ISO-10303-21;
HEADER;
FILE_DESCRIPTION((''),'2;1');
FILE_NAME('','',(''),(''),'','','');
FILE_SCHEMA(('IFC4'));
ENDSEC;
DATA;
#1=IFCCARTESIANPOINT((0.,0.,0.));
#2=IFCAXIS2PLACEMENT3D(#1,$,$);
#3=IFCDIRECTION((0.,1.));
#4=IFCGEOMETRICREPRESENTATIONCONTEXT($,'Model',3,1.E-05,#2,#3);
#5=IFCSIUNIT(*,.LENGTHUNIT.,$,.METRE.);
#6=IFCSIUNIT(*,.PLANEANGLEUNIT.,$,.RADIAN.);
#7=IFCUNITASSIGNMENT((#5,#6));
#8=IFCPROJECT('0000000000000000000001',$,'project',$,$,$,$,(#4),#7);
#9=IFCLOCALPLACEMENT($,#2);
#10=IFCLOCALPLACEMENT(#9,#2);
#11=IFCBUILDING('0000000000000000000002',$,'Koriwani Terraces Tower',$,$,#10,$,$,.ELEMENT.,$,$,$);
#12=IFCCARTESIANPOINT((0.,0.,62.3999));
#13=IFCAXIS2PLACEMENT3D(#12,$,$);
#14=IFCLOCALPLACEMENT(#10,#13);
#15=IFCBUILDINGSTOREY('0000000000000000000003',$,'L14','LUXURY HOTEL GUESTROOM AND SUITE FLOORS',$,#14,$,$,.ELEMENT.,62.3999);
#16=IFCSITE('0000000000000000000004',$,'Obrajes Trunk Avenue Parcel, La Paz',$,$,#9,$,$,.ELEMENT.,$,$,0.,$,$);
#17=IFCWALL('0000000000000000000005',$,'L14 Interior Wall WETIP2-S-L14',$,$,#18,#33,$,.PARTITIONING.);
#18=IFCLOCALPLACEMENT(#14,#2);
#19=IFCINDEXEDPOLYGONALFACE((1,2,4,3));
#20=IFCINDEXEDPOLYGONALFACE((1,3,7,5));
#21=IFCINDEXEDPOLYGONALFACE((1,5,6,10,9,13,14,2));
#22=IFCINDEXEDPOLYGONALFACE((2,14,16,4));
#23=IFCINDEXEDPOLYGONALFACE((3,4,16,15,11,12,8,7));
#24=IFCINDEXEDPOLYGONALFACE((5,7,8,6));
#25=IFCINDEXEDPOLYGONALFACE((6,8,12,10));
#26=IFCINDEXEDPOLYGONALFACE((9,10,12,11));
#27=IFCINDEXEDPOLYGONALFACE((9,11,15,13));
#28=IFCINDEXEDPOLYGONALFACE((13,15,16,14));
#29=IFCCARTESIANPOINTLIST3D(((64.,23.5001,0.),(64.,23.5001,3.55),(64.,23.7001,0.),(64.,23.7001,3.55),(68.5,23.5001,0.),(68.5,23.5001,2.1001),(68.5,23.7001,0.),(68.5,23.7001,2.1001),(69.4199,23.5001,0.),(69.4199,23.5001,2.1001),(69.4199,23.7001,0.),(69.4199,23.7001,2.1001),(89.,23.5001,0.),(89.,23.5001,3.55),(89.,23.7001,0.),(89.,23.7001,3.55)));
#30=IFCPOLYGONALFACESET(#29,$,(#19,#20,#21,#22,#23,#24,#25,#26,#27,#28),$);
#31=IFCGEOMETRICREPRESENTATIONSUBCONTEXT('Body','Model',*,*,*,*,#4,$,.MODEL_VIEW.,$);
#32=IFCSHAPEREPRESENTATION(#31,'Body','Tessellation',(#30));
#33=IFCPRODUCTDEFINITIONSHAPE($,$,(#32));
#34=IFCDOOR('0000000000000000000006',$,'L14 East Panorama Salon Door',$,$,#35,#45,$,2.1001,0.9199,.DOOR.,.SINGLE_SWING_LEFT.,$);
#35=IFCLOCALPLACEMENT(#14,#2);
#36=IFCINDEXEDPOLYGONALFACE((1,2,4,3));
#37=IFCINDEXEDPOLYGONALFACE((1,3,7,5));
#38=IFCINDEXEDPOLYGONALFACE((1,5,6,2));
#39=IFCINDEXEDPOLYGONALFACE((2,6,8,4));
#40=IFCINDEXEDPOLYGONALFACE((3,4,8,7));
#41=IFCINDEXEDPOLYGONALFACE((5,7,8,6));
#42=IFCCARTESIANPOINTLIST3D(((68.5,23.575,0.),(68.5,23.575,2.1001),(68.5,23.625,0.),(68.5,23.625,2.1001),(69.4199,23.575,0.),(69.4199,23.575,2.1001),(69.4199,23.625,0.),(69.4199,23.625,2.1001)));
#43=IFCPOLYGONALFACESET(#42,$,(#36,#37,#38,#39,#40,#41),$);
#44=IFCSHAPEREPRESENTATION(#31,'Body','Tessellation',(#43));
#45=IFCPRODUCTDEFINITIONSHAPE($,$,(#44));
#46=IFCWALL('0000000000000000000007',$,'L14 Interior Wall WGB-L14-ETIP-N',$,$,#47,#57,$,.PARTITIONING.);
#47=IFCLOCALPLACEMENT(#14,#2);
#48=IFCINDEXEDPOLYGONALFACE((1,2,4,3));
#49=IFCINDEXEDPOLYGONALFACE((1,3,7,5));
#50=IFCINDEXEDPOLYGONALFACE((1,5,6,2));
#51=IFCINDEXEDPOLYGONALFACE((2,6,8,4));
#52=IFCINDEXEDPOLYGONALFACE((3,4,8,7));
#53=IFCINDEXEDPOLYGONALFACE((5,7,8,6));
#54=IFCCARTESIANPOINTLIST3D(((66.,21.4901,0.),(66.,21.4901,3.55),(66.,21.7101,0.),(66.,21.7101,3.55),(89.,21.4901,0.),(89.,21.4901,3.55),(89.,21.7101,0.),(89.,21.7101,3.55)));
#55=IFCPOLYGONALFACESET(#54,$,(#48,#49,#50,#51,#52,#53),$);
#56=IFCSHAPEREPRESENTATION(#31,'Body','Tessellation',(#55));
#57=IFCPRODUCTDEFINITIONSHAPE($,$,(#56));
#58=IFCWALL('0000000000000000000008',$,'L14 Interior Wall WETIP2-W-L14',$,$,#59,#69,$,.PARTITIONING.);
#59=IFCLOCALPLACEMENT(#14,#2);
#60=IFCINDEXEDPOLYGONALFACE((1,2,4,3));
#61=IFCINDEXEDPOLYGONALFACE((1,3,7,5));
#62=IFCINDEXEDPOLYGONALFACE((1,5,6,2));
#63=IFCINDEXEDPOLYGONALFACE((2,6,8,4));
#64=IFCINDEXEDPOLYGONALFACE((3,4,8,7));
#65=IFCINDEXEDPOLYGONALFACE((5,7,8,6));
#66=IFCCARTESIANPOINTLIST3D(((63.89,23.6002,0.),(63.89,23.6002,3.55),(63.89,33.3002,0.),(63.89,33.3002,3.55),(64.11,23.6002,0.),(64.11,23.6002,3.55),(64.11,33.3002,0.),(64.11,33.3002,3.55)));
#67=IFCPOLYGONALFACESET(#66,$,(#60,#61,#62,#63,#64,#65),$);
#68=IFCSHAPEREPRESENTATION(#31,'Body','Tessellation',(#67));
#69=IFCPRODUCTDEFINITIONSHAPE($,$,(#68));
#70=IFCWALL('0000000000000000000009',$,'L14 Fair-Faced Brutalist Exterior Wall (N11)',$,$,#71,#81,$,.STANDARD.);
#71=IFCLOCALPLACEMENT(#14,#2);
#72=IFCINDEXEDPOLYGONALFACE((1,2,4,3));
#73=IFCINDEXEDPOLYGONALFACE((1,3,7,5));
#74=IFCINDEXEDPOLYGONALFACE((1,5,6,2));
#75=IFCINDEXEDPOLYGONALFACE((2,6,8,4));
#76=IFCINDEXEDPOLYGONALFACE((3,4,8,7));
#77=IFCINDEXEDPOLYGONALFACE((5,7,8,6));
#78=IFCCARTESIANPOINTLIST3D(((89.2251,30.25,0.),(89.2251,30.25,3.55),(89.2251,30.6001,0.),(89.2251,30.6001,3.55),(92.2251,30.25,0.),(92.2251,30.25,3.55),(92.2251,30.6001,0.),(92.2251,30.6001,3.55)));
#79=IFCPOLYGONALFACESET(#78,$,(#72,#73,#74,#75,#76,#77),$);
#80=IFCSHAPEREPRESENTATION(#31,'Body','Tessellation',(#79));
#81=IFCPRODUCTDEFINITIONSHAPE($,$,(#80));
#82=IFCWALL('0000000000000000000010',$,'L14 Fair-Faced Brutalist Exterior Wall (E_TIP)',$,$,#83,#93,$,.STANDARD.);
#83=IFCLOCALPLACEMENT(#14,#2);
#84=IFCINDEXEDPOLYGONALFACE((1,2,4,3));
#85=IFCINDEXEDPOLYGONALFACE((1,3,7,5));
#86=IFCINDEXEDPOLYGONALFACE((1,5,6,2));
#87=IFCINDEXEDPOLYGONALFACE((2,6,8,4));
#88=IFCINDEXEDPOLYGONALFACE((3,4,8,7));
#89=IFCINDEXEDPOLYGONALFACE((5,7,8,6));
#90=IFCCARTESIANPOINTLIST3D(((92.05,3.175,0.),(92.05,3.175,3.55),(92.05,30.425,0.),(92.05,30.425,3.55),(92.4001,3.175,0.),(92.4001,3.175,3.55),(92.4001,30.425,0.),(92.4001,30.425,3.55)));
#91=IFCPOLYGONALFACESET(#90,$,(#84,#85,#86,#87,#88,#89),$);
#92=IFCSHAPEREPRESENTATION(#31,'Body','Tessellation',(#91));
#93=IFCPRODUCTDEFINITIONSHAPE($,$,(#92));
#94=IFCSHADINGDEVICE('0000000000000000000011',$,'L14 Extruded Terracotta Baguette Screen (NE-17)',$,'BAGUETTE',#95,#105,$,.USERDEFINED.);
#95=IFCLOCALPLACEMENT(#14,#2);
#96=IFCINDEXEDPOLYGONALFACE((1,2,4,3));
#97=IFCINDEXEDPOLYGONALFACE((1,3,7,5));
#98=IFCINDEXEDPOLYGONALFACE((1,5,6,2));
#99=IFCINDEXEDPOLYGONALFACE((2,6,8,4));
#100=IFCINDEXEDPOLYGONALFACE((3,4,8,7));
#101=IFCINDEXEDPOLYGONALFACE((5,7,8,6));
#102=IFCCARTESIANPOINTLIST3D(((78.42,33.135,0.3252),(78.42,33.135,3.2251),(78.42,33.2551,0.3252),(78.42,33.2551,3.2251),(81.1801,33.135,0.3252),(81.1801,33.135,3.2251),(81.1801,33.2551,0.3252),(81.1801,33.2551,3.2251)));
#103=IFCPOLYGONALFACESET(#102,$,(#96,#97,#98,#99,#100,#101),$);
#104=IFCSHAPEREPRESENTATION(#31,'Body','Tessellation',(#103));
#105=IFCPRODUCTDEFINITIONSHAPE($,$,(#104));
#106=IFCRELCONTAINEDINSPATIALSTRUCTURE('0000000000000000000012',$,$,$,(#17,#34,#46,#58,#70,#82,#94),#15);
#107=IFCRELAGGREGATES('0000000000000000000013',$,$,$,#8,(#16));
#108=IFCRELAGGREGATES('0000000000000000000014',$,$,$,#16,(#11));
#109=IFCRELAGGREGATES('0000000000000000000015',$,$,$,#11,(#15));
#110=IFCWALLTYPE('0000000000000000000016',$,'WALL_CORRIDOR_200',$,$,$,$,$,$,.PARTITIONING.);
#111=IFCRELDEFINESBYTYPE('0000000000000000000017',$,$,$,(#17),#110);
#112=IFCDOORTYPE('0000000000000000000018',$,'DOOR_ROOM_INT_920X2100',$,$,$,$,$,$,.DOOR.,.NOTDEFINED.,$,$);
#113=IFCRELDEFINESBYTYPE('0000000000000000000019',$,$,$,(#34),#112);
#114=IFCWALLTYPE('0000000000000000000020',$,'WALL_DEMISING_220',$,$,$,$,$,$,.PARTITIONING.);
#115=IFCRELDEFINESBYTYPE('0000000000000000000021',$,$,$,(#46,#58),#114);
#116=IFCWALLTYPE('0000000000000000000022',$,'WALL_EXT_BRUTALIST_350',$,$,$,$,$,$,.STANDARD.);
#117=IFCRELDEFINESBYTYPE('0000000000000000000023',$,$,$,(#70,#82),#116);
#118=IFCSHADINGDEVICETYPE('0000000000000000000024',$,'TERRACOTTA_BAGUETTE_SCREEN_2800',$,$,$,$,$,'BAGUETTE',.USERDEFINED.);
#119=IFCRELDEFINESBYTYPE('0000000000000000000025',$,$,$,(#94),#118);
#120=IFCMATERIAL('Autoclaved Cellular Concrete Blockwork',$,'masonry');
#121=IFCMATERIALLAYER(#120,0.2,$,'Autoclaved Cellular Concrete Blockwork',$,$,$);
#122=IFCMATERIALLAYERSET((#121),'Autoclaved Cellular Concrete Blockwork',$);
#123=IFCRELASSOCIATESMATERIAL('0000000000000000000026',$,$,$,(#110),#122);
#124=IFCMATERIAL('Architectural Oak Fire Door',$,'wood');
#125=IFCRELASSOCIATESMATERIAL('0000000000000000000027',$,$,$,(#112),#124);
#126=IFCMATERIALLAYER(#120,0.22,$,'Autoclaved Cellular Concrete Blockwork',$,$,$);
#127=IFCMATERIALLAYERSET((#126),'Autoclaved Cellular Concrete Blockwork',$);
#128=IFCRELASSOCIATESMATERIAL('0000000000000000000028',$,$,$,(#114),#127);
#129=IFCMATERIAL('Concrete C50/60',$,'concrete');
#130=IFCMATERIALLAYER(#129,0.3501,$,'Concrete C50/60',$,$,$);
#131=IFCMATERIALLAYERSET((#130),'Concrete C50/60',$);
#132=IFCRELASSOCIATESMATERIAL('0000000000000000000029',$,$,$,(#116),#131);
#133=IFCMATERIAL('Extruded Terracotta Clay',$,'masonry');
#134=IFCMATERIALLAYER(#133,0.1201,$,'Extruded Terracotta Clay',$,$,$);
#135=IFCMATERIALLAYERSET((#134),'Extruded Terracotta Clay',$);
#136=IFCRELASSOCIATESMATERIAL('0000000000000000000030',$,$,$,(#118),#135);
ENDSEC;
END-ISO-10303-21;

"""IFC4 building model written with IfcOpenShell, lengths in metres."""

from ifc_helpers import new_model, si_unit, direction, frame, frame_2d, origin, origin_2d, place, context, subcontext, project, spatial, rectangle, extrude, material, layer, layer_set, type_object, element, fill, save


model = new_model("IFC4")

# Units and contexts
model_context = context("Model", 3, precision=1e-05, world=origin(), true_north=direction((0.0, 1.0)))
body_context = subcontext(model_context, "Body", "Model", "MODEL_VIEW")
ifc_project = project(units=[si_unit("LENGTHUNIT", "METRE"), si_unit("PLANEANGLEUNIT", "RADIAN")], contexts=[model_context])

# Site, building, storey
site_placement = place(None, origin())
site = spatial("IfcSite", under=ifc_project, at=site_placement, Name="Obrajes Trunk Avenue Parcel, La Paz", CompositionType="ELEMENT", RefElevation=0.0)
building_placement = place(site_placement, origin())
building = spatial("IfcBuilding", under=site, at=building_placement, Name="Koriwani Terraces Tower", CompositionType="ELEMENT")
storey_placement = place(building_placement, frame((0.0, 0.0, 62.3999)))
storey = spatial("IfcBuildingStorey", under=building, at=storey_placement, Name="L14", Description="LUXURY HOTEL GUESTROOM AND SUITE FLOORS", CompositionType="ELEMENT", Elevation=62.3999)

# Shared definitions
ifc_material_1 = material(Name="Concrete C50/60", Category="concrete")

# Wall, opening, door
ifc_material_2 = material(Name="Autoclaved Cellular Concrete Blockwork", Category="masonry")
ifc_layer_1 = layer(ifc_material_2, 0.2, Name="Autoclaved Cellular Concrete Blockwork")
ifc_layer_set_1 = layer_set([ifc_layer_1], Name="Autoclaved Cellular Concrete Blockwork")
wall_type_1 = type_object("IfcWallType", Name="WALL_CORRIDOR_200", PredefinedType="PARTITIONING", material=ifc_layer_set_1)
wall_1_placement = place(storey_placement, frame((64.0, 23.6001, 0.0), z_axis=(0.0, 0.0, 1.0), x_axis=(1.0, 0.0, 0.0)))
wall_1 = element("IfcWall", 1, at=wall_1_placement, inside=storey, type_object=wall_type_1, Name="L14 Interior Wall WETIP2-S-L14", PredefinedType="PARTITIONING", context=body_context, shape_type="SweptSolid", body=[
    extrude(rectangle(XDim=25.0, YDim=0.2, at=frame_2d((12.5, 0.0))), origin(), (0.0, 0.0, 1.0), 3.55),
])
opening_placement = place(wall_1_placement, frame((4.5, 0.0, 0.0)))
opening = element("IfcOpeningElement", 2, at=opening_placement, cuts=wall_1, PredefinedType="OPENING", context=body_context, shape_type="SweptSolid", body=[
    extrude(rectangle(XDim=0.9199, YDim=2.1001, at=frame_2d((0.46, 1.05))), frame((0.0, 0.1099, 0.0), z_axis=(0.0, -1.0, 0.0), x_axis=(1.0, 0.0, 0.0)), (0.0, 0.0, 1.0), 0.22),
])
ifc_material_3 = material(Name="Architectural Oak Fire Door", Category="wood")
door_type = type_object("IfcDoorType", Name="DOOR_ROOM_INT_920X2100", OperationType="NOTDEFINED", PredefinedType="DOOR", material=ifc_material_3)
door_placement = place(opening_placement, origin())
door = element("IfcDoor", 3, at=door_placement, inside=storey, type_object=door_type, Name="L14 East Panorama Salon Door", OperationType="SINGLE_SWING_LEFT", OverallHeight=2.1001, OverallWidth=0.9199, PredefinedType="DOOR", context=body_context, shape_type="SweptSolid", body=[
    extrude(rectangle(XDim=0.9199, YDim=2.1001, at=frame_2d((0.46, 1.05))), frame((0.0, 0.0249, 0.0), z_axis=(0.0, -1.0, 0.0), x_axis=(1.0, 0.0, 0.0)), (0.0, 0.0, 1.0), 0.05),
])
fill(opening, door)

# Walls
ifc_layer_2 = layer(ifc_material_2, 0.22, Name="Autoclaved Cellular Concrete Blockwork")
ifc_layer_set_2 = layer_set([ifc_layer_2], Name="Autoclaved Cellular Concrete Blockwork")
wall_type_2 = type_object("IfcWallType", Name="WALL_DEMISING_220", PredefinedType="PARTITIONING", material=ifc_layer_set_2)
wall_2_placement = place(storey_placement, frame((66.0, 21.6001, 0.0), z_axis=(0.0, 0.0, 1.0), x_axis=(1.0, 0.0, 0.0)))
element("IfcWall", 4, at=wall_2_placement, inside=storey, type_object=wall_type_2, Name="L14 Interior Wall WGB-L14-ETIP-N", PredefinedType="PARTITIONING", context=body_context, shape_type="SweptSolid", body=[
    extrude(rectangle(XDim=23.0, YDim=0.22, at=frame_2d((11.5, 0.0))), origin(), (0.0, 0.0, 1.0), 3.55),
])
wall_3_placement = place(storey_placement, frame((64.0, 23.6001, 0.0), z_axis=(0.0, 0.0, 1.0), x_axis=(0.0, 1.0, 0.0)))
element("IfcWall", 5, at=wall_3_placement, inside=storey, type_object=wall_type_2, Name="L14 Interior Wall WETIP2-W-L14", PredefinedType="PARTITIONING", context=body_context, shape_type="SweptSolid", body=[
    extrude(rectangle(XDim=9.7, YDim=0.22, at=frame_2d((4.8501, 0.0))), origin(), (0.0, 0.0, 1.0), 3.55),
])
ifc_layer_3 = layer(ifc_material_1, 0.3501, Name="Concrete C50/60")
ifc_layer_set_3 = layer_set([ifc_layer_3], Name="Concrete C50/60")
wall_type_3 = type_object("IfcWallType", Name="WALL_EXT_BRUTALIST_350", PredefinedType="STANDARD", material=ifc_layer_set_3)
wall_4_placement = place(storey_placement, frame((89.2251, 30.425, 0.0), z_axis=(0.0, 0.0, 1.0), x_axis=(1.0, 0.0, 0.0)))
element("IfcWall", 6, at=wall_4_placement, inside=storey, type_object=wall_type_3, Name="L14 Fair-Faced Brutalist Exterior Wall (N11)", PredefinedType="STANDARD", context=body_context, shape_type="SweptSolid", body=[
    extrude(rectangle(XDim=3.0, YDim=0.3501, at=frame_2d((1.5, 0.0))), origin(), (0.0, 0.0, 1.0), 3.55),
])
wall_5_placement = place(storey_placement, frame((92.2251, 30.425, 0.0), z_axis=(0.0, 0.0, 1.0), x_axis=(0.0, -1.0, 0.0)))
element("IfcWall", 7, at=wall_5_placement, inside=storey, type_object=wall_type_3, Name="L14 Fair-Faced Brutalist Exterior Wall (E_TIP)", PredefinedType="STANDARD", context=body_context, shape_type="SweptSolid", body=[
    extrude(rectangle(XDim=27.25, YDim=0.3501, at=frame_2d((13.625, 0.0))), origin(), (0.0, 0.0, 1.0), 3.55),
])

# Shading device
ifc_material_4 = material(Name="Extruded Terracotta Clay", Category="masonry")
ifc_layer_4 = layer(ifc_material_4, 0.1201, Name="Extruded Terracotta Clay")
ifc_layer_set_4 = layer_set([ifc_layer_4], Name="Extruded Terracotta Clay")
shading_device_type = type_object("IfcShadingDeviceType", Name="TERRACOTTA_BAGUETTE_SCREEN_2800", ElementType="BAGUETTE", PredefinedType="USERDEFINED", material=ifc_layer_set_4)
shading_device_placement = place(storey_placement, frame((79.8, 33.1951, 0.3252), z_axis=(0.0, 0.0, 1.0), x_axis=(1.0, 0.0, 0.0)))
element("IfcShadingDevice", 8, at=shading_device_placement, inside=storey, type_object=shading_device_type, Name="L14 Extruded Terracotta Baguette Screen (NE-17)", ObjectType="BAGUETTE", PredefinedType="USERDEFINED", context=body_context, shape_type="SweptSolid", body=[
    extrude(rectangle(XDim=2.76, YDim=0.1201, at=origin_2d()), origin(), (0.0, 0.0, 1.0), 2.8999),
])

save(model, "model.ifc")
